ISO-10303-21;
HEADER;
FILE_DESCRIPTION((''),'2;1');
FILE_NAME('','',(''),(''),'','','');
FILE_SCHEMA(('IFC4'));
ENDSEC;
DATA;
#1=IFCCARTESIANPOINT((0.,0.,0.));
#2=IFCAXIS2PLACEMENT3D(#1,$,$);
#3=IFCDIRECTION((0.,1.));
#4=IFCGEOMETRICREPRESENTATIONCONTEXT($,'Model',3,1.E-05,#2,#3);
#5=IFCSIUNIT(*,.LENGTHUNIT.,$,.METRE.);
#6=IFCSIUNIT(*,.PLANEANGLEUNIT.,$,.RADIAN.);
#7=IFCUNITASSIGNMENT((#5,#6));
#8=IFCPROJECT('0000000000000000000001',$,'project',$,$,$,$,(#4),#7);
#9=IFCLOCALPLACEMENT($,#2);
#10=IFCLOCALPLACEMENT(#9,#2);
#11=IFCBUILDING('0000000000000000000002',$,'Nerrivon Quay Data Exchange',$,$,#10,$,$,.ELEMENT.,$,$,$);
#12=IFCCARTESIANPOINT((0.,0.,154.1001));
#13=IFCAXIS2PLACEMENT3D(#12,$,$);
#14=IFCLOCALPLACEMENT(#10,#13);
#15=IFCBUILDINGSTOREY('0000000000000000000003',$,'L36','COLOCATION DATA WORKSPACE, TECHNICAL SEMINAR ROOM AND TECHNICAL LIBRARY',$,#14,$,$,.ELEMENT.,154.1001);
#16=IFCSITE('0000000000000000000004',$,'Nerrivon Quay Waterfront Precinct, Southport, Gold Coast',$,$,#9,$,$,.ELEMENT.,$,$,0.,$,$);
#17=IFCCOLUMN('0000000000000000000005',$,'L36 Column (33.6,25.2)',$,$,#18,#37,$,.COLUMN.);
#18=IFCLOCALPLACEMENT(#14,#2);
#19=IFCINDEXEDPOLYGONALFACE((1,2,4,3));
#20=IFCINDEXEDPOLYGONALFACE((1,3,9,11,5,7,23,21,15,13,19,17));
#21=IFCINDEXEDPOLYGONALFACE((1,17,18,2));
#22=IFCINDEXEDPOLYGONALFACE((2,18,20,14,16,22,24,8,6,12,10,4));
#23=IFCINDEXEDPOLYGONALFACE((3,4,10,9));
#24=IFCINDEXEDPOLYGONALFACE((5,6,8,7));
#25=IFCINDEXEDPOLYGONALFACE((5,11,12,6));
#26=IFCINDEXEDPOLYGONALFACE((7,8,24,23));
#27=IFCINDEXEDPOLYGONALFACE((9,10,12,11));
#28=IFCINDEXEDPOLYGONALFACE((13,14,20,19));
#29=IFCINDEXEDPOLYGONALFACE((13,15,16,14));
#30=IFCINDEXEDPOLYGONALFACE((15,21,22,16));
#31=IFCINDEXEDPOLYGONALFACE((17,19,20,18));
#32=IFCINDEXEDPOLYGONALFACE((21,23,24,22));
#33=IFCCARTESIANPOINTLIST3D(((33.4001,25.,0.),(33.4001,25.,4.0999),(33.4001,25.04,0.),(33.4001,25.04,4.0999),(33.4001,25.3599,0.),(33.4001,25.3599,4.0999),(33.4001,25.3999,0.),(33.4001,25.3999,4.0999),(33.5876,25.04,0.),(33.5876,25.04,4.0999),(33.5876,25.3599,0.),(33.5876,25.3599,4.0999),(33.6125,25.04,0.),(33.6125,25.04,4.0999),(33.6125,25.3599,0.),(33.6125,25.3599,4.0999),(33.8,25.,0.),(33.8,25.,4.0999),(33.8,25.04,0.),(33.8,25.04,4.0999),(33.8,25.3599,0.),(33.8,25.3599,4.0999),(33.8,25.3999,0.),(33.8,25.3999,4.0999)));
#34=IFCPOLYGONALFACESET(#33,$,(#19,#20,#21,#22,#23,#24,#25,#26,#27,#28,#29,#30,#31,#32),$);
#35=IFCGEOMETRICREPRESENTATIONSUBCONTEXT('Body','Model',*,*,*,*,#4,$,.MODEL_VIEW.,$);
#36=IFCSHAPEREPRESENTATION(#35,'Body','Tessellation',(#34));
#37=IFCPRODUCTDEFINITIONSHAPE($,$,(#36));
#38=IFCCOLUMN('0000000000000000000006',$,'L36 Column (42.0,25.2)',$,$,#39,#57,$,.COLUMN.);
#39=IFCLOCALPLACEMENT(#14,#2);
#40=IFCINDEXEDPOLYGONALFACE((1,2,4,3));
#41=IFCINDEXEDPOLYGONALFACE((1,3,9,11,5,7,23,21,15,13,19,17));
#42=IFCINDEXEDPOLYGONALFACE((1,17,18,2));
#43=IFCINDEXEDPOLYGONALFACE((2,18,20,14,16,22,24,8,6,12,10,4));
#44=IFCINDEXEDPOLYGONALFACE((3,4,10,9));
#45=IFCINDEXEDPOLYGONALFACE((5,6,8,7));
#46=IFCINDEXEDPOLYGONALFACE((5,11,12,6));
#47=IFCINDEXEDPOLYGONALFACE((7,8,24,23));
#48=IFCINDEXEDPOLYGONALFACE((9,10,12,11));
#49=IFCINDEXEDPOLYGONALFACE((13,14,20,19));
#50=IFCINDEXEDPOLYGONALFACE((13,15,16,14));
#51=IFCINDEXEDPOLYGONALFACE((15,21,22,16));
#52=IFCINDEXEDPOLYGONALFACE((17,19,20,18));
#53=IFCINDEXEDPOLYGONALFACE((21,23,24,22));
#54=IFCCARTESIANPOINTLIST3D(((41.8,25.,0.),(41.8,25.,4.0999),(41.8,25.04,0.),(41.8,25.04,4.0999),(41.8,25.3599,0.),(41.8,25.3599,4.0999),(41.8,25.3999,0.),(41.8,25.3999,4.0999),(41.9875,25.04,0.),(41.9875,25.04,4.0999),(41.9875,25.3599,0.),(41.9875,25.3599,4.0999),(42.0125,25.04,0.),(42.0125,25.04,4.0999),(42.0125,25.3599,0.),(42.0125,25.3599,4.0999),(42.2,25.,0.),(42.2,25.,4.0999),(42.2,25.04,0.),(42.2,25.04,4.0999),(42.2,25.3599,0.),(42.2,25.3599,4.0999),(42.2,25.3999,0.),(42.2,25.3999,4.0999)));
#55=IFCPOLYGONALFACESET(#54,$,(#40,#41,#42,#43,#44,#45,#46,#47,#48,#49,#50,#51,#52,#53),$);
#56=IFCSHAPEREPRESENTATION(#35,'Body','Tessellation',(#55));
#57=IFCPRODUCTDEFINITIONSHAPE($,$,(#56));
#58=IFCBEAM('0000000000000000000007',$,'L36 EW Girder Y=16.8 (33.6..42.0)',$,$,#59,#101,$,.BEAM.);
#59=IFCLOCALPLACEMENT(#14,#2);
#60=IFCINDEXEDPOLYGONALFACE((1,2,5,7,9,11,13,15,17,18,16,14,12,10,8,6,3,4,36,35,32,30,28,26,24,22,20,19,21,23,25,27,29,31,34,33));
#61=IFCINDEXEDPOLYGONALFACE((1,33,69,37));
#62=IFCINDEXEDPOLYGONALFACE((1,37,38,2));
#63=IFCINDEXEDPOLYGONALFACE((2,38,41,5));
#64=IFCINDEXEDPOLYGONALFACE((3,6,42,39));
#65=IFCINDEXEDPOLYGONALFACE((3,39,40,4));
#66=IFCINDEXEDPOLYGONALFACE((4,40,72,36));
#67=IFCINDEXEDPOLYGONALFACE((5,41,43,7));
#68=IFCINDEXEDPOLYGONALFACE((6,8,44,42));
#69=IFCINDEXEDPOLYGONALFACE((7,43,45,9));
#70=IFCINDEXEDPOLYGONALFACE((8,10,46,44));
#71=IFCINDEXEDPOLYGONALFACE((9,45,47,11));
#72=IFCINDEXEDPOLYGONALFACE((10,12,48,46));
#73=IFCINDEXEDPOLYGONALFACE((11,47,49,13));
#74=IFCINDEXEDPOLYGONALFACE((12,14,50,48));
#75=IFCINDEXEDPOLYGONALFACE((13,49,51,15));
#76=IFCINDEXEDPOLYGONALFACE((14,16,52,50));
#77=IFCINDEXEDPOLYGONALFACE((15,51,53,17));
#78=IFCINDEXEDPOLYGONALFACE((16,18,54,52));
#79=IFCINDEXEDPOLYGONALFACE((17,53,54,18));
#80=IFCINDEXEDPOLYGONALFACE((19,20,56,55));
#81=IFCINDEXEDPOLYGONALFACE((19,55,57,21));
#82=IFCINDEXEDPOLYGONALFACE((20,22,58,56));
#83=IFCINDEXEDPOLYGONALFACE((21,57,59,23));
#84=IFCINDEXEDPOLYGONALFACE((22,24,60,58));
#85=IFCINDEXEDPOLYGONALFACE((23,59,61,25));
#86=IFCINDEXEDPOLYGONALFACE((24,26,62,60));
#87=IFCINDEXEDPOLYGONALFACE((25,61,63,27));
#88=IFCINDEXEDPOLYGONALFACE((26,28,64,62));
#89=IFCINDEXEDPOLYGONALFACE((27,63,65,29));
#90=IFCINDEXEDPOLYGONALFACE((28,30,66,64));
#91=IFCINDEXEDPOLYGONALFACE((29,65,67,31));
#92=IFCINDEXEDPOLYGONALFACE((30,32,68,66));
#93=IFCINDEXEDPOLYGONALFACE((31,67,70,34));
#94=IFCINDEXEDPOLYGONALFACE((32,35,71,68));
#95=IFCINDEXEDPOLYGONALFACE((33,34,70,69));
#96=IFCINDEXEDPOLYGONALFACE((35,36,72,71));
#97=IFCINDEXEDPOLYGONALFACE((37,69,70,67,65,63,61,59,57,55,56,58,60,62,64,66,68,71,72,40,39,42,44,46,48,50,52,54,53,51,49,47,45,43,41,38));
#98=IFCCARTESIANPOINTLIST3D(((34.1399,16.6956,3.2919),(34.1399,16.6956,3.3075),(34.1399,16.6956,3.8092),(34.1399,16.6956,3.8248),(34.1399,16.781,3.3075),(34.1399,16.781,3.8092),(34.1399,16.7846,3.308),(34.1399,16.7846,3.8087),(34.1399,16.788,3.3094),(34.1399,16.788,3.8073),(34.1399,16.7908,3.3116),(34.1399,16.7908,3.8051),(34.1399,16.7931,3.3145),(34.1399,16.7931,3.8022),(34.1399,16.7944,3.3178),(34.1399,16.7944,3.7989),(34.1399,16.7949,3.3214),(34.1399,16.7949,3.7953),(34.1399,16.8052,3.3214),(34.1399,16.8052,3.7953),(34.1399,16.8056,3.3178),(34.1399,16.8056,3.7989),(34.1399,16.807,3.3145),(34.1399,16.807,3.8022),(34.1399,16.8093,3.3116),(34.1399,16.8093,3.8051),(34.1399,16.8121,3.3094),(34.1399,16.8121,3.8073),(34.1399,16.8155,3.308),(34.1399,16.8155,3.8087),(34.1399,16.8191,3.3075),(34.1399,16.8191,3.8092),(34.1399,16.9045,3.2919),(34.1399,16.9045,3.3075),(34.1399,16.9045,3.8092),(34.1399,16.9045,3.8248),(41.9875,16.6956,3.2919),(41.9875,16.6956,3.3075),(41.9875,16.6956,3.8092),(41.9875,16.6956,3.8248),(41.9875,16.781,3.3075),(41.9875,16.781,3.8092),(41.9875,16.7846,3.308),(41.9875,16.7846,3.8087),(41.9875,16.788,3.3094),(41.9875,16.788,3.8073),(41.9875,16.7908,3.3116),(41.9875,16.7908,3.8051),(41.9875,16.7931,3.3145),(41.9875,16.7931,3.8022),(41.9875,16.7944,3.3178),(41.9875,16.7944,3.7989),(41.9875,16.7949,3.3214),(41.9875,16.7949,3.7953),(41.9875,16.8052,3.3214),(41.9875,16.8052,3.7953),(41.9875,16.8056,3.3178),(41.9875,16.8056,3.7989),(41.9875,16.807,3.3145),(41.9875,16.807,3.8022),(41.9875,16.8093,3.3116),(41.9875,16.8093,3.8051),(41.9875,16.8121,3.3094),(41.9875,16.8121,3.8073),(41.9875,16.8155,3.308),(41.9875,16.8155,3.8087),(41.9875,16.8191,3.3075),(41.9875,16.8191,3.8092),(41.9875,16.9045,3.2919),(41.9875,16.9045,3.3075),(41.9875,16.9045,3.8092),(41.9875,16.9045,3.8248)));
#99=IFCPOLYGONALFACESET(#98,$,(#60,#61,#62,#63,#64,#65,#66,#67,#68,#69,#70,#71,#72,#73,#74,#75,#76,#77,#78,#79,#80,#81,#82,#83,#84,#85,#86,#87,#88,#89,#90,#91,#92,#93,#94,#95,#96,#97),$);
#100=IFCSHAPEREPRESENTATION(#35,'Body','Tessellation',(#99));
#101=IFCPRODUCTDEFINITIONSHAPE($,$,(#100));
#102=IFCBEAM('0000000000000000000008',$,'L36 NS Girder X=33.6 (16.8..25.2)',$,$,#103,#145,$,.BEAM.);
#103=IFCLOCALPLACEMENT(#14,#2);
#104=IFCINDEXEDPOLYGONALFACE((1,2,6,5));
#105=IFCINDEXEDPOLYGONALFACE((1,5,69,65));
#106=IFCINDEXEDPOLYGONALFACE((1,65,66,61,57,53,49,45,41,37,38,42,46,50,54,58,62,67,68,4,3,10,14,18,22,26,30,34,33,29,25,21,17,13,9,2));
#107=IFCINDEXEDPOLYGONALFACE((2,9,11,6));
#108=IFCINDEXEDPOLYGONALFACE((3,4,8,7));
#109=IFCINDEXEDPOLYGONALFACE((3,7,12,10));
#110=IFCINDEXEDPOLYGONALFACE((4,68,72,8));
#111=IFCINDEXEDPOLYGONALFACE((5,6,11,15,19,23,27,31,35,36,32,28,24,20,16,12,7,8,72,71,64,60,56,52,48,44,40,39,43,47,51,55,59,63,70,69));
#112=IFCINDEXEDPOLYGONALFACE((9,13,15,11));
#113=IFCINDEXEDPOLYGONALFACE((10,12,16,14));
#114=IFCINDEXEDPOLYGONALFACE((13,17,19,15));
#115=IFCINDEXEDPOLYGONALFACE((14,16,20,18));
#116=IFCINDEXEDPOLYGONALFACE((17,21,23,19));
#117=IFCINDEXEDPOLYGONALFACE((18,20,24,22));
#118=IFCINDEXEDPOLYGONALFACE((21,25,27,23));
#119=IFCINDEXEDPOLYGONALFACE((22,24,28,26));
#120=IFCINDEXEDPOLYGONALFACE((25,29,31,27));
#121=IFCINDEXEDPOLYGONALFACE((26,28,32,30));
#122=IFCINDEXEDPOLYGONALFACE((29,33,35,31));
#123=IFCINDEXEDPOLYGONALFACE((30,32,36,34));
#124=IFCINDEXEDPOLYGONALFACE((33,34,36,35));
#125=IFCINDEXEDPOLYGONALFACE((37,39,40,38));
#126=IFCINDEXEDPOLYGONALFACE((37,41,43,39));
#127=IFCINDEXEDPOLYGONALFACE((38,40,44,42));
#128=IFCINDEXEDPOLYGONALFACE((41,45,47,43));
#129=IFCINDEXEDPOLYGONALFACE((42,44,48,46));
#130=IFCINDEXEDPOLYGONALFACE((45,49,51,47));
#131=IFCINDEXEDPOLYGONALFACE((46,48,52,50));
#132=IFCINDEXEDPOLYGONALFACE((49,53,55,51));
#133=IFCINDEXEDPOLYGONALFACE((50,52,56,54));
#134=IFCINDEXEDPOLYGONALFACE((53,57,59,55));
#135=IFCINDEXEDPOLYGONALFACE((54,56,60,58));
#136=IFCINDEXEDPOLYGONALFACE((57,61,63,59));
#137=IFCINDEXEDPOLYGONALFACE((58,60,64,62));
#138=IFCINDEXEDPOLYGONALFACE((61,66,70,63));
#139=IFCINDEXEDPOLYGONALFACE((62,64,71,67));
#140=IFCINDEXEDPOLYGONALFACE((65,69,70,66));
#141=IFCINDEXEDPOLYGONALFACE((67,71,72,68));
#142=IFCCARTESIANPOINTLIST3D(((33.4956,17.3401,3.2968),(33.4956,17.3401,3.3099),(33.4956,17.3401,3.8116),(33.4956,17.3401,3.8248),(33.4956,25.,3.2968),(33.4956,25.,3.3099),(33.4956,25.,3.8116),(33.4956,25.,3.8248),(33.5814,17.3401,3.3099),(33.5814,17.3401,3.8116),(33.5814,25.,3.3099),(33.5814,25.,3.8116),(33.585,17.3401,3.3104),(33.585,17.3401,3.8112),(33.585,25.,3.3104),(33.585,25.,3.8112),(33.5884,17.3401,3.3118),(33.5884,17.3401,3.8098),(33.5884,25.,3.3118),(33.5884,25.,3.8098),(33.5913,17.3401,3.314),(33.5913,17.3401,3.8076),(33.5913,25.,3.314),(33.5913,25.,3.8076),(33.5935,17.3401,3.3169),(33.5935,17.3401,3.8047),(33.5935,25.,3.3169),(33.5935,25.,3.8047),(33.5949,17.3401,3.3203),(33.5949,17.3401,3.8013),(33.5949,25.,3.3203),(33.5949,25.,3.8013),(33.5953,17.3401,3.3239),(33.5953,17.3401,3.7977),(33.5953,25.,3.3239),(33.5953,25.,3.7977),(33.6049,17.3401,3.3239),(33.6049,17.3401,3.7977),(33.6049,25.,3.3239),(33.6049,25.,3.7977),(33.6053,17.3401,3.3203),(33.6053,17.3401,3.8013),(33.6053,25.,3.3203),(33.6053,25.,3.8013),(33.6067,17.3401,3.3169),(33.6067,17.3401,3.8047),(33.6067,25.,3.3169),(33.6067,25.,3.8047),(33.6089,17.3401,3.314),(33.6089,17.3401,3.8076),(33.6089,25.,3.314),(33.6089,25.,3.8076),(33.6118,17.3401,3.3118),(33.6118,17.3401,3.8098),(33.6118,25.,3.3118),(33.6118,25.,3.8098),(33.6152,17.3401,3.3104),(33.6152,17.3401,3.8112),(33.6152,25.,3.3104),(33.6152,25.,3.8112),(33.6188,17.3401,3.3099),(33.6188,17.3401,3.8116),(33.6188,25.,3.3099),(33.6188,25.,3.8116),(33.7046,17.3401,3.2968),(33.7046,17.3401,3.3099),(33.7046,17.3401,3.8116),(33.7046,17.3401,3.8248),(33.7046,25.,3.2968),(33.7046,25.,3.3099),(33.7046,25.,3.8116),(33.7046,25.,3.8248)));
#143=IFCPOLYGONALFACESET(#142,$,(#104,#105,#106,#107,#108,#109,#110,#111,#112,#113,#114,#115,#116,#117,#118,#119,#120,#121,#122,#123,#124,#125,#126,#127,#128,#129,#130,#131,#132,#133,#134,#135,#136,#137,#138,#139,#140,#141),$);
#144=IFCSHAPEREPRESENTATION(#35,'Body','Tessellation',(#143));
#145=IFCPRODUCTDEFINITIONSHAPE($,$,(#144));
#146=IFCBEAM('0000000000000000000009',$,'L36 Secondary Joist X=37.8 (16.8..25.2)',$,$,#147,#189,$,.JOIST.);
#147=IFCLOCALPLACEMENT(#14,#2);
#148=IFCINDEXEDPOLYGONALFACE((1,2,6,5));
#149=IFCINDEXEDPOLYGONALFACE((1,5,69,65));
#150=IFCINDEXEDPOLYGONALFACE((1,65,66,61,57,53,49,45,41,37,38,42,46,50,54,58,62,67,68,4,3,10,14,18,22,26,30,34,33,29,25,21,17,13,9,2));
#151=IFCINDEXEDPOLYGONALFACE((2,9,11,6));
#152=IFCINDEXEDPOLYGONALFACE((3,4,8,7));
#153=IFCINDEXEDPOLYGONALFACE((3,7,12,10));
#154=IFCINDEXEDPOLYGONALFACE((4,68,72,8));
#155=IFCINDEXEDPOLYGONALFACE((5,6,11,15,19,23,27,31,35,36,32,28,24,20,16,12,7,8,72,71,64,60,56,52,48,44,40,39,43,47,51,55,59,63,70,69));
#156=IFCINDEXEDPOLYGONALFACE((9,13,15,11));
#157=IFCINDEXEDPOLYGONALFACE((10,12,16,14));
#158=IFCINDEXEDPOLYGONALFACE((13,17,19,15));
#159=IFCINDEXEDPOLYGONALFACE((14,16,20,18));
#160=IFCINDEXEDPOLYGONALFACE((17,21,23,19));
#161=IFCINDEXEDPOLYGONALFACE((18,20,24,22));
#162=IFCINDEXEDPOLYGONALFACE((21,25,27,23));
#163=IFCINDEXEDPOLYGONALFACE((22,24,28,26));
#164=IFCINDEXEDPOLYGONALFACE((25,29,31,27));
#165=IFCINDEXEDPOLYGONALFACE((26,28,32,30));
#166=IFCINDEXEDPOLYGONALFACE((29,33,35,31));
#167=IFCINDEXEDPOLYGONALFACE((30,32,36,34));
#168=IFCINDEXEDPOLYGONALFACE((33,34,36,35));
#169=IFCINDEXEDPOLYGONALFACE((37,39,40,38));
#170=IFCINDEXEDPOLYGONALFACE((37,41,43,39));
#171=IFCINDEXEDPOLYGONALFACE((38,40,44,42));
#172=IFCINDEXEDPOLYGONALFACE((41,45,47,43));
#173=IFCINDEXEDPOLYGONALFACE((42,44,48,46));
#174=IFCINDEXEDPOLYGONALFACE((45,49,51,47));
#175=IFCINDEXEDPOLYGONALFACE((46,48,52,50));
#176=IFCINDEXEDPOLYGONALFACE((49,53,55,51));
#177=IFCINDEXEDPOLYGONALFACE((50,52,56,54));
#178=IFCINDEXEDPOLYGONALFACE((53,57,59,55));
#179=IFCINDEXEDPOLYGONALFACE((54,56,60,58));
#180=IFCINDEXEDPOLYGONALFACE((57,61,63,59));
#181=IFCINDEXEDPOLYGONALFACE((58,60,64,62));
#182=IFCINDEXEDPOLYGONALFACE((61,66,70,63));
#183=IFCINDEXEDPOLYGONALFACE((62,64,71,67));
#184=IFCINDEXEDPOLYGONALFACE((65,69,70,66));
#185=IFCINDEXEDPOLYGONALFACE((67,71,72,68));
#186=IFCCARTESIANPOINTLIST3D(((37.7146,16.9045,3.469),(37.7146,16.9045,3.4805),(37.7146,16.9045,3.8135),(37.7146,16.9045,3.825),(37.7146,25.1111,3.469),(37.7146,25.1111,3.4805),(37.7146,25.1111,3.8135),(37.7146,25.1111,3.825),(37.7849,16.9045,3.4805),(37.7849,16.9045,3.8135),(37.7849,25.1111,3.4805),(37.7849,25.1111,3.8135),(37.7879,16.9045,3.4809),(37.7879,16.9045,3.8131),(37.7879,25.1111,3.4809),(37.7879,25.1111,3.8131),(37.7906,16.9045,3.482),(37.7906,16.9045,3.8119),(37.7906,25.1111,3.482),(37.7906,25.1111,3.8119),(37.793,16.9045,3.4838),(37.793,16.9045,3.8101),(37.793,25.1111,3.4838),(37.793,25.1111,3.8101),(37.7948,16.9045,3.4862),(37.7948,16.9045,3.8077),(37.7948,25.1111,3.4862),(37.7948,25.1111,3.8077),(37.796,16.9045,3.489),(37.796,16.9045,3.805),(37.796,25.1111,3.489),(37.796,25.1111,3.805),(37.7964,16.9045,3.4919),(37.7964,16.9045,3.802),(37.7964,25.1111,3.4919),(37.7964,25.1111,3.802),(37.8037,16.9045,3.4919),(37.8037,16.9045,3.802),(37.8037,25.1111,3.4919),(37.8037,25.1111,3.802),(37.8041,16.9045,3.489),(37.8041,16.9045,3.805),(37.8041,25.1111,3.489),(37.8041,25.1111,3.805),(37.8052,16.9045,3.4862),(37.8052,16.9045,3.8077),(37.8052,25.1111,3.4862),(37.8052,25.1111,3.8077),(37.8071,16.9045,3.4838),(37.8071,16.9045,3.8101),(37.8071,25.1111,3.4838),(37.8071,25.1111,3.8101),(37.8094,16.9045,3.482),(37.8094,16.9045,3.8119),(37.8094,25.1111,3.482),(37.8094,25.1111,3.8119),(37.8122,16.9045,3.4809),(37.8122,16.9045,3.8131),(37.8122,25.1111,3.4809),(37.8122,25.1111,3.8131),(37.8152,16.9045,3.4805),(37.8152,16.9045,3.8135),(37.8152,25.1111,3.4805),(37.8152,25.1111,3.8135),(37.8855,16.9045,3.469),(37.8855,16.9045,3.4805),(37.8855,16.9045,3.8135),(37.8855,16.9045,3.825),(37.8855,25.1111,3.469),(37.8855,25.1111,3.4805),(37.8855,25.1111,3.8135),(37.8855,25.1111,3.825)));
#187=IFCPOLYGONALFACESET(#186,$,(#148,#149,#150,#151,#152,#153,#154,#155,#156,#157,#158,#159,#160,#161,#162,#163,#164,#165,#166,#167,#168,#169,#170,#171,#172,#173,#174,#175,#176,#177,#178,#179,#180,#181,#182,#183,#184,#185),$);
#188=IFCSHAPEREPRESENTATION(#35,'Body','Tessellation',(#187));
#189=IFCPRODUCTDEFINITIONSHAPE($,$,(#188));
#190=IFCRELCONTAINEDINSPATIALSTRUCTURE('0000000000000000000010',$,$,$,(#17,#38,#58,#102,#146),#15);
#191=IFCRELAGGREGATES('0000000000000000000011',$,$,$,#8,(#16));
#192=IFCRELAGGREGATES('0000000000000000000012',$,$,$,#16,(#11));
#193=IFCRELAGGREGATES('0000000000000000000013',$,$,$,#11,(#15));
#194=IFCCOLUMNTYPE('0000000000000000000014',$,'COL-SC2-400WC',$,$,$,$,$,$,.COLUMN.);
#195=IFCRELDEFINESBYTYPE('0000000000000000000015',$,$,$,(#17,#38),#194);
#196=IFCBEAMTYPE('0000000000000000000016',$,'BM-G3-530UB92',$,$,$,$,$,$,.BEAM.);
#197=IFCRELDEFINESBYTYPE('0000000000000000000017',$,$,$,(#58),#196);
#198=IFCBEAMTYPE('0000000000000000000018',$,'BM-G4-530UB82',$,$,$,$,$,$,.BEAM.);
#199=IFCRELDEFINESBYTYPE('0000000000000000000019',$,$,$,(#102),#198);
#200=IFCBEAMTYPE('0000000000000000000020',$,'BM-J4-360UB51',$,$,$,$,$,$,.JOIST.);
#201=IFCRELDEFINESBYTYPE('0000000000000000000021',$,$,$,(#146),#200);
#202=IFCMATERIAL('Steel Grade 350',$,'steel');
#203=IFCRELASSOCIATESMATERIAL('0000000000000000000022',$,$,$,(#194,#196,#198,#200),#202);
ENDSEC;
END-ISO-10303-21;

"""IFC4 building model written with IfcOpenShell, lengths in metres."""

from ifc_helpers import new_model, si_unit, direction, frame, origin, origin_2d, place, context, subcontext, project, spatial, i_section, extrude, material, material_profile, profile_set, type_object, element, save


model = new_model("IFC4")

# Units and contexts
model_context = context("Model", 3, precision=1e-05, world=origin(), true_north=direction((0.0, 1.0)))
body_context = subcontext(model_context, "Body", "Model", "MODEL_VIEW")
ifc_project = project(units=[si_unit("LENGTHUNIT", "METRE"), si_unit("PLANEANGLEUNIT", "RADIAN")], contexts=[model_context])

# Site, building, storey
site_placement = place(None, origin())
site = spatial("IfcSite", under=ifc_project, at=site_placement, Name="Nerrivon Quay Waterfront Precinct, Southport, Gold Coast", CompositionType="ELEMENT", RefElevation=0.0)
building_placement = place(site_placement, origin())
building = spatial("IfcBuilding", under=site, at=building_placement, Name="Nerrivon Quay Data Exchange", CompositionType="ELEMENT")
storey_placement = place(building_placement, frame((0.0, 0.0, 154.1001)))
storey = spatial("IfcBuildingStorey", under=building, at=storey_placement, Name="L36", Description="COLOCATION DATA WORKSPACE, TECHNICAL SEMINAR ROOM AND TECHNICAL LIBRARY", CompositionType="ELEMENT", Elevation=154.1001)

# Columns
ifc_material_1 = material(Name="Steel Grade 350", Category="steel")
ifc_material_profile_1 = material_profile(ifc_material_1, i_section(OverallWidth=0.3999, OverallDepth=0.3999, WebThickness=0.0249, FlangeThickness=0.04, at=origin_2d()), Name="400WC328")
ifc_profile_set_1 = profile_set([ifc_material_profile_1], Name="Steel Grade 350")
column_type = type_object("IfcColumnType", Name="COL-SC2-400WC", PredefinedType="COLUMN", material=ifc_profile_set_1)
for number, where, z_axis, x_axis, name in (
    (1, (33.6001, 25.2, 0.0), (0.0, 0.0, 1.0), (1.0, 0.0, 0.0), "L36 Column (33.6,25.2)"),
    (2, (42.0, 25.2, 0.0), (0.0, 0.0, 1.0), (1.0, 0.0, 0.0), "L36 Column (42.0,25.2)"),
):
    element("IfcColumn", number, at=place(storey_placement, frame(where, z_axis=z_axis, x_axis=x_axis)), inside=storey, type_object=column_type, Name=name, PredefinedType="COLUMN", context=body_context, shape_type="SweptSolid", body=[
        extrude(i_section(OverallWidth=0.3999, OverallDepth=0.3999, WebThickness=0.0249, FlangeThickness=0.04, at=origin_2d()), origin(), (0.0, 0.0, 1.0), 4.0999),
    ])

# Beams
ifc_material_profile_2 = material_profile(ifc_material_1, i_section(OverallWidth=0.209, OverallDepth=0.533, WebThickness=0.0103, FlangeThickness=0.0156, FilletRadius=0.0139, at=origin_2d()), Name="530UB92.4")
ifc_profile_set_2 = profile_set([ifc_material_profile_2], Name="Steel Grade 350")
beam_type_1 = type_object("IfcBeamType", Name="BM-G3-530UB92", PredefinedType="BEAM", material=ifc_profile_set_2)
beam_1_placement = place(storey_placement, frame((34.1399, 16.8, 3.5583), z_axis=(1.0, 0.0, 0.0), x_axis=(0.0, 1.0, 0.0)))
element("IfcBeam", 3, at=beam_1_placement, inside=storey, type_object=beam_type_1, Name="L36 EW Girder Y=16.8 (33.6..42.0)", PredefinedType="BEAM", context=body_context, shape_type="SweptSolid", body=[
    extrude(i_section(OverallWidth=0.209, OverallDepth=0.533, WebThickness=0.0103, FlangeThickness=0.0156, FilletRadius=0.0139, at=origin_2d()), origin(), (0.0, 0.0, 1.0), 7.8477),
])
ifc_material_profile_3 = material_profile(ifc_material_1, i_section(OverallWidth=0.209, OverallDepth=0.5281, WebThickness=0.0095, FlangeThickness=0.0132, FilletRadius=0.0139, at=origin_2d()), Name="530UB82.0")
ifc_profile_set_3 = profile_set([ifc_material_profile_3], Name="Steel Grade 350")
beam_type_2 = type_object("IfcBeamType", Name="BM-G4-530UB82", PredefinedType="BEAM", material=ifc_profile_set_3)
beam_2_placement = place(storey_placement, frame((33.6001, 17.3401, 3.5608), z_axis=(0.0, 1.0, 0.0), x_axis=(-1.0, 0.0, 0.0)))
element("IfcBeam", 4, at=beam_2_placement, inside=storey, type_object=beam_type_2, Name="L36 NS Girder X=33.6 (16.8..25.2)", PredefinedType="BEAM", context=body_context, shape_type="SweptSolid", body=[
    extrude(i_section(OverallWidth=0.209, OverallDepth=0.5281, WebThickness=0.0095, FlangeThickness=0.0132, FilletRadius=0.0139, at=origin_2d()), origin(), (0.0, 0.0, 1.0), 7.6599),
])
ifc_material_profile_4 = material_profile(ifc_material_1, i_section(OverallWidth=0.1709, OverallDepth=0.356, WebThickness=0.0073, FlangeThickness=0.0115, FilletRadius=0.0115, at=origin_2d()), Name="360UB50.7")
ifc_profile_set_4 = profile_set([ifc_material_profile_4], Name="Steel Grade 350")
beam_type_3 = type_object("IfcBeamType", Name="BM-J4-360UB51", PredefinedType="JOIST", material=ifc_profile_set_4)
beam_3_placement = place(storey_placement, frame((37.8, 16.9045, 3.647), z_axis=(0.0, 1.0, 0.0), x_axis=(-1.0, 0.0, 0.0)))
element("IfcBeam", 5, at=beam_3_placement, inside=storey, type_object=beam_type_3, Name="L36 Secondary Joist X=37.8 (16.8..25.2)", PredefinedType="JOIST", context=body_context, shape_type="SweptSolid", body=[
    extrude(i_section(OverallWidth=0.1709, OverallDepth=0.356, WebThickness=0.0073, FlangeThickness=0.0115, FilletRadius=0.0115, at=origin_2d()), origin(), (0.0, 0.0, 1.0), 8.2065),
])

save(model, "model.ifc")
